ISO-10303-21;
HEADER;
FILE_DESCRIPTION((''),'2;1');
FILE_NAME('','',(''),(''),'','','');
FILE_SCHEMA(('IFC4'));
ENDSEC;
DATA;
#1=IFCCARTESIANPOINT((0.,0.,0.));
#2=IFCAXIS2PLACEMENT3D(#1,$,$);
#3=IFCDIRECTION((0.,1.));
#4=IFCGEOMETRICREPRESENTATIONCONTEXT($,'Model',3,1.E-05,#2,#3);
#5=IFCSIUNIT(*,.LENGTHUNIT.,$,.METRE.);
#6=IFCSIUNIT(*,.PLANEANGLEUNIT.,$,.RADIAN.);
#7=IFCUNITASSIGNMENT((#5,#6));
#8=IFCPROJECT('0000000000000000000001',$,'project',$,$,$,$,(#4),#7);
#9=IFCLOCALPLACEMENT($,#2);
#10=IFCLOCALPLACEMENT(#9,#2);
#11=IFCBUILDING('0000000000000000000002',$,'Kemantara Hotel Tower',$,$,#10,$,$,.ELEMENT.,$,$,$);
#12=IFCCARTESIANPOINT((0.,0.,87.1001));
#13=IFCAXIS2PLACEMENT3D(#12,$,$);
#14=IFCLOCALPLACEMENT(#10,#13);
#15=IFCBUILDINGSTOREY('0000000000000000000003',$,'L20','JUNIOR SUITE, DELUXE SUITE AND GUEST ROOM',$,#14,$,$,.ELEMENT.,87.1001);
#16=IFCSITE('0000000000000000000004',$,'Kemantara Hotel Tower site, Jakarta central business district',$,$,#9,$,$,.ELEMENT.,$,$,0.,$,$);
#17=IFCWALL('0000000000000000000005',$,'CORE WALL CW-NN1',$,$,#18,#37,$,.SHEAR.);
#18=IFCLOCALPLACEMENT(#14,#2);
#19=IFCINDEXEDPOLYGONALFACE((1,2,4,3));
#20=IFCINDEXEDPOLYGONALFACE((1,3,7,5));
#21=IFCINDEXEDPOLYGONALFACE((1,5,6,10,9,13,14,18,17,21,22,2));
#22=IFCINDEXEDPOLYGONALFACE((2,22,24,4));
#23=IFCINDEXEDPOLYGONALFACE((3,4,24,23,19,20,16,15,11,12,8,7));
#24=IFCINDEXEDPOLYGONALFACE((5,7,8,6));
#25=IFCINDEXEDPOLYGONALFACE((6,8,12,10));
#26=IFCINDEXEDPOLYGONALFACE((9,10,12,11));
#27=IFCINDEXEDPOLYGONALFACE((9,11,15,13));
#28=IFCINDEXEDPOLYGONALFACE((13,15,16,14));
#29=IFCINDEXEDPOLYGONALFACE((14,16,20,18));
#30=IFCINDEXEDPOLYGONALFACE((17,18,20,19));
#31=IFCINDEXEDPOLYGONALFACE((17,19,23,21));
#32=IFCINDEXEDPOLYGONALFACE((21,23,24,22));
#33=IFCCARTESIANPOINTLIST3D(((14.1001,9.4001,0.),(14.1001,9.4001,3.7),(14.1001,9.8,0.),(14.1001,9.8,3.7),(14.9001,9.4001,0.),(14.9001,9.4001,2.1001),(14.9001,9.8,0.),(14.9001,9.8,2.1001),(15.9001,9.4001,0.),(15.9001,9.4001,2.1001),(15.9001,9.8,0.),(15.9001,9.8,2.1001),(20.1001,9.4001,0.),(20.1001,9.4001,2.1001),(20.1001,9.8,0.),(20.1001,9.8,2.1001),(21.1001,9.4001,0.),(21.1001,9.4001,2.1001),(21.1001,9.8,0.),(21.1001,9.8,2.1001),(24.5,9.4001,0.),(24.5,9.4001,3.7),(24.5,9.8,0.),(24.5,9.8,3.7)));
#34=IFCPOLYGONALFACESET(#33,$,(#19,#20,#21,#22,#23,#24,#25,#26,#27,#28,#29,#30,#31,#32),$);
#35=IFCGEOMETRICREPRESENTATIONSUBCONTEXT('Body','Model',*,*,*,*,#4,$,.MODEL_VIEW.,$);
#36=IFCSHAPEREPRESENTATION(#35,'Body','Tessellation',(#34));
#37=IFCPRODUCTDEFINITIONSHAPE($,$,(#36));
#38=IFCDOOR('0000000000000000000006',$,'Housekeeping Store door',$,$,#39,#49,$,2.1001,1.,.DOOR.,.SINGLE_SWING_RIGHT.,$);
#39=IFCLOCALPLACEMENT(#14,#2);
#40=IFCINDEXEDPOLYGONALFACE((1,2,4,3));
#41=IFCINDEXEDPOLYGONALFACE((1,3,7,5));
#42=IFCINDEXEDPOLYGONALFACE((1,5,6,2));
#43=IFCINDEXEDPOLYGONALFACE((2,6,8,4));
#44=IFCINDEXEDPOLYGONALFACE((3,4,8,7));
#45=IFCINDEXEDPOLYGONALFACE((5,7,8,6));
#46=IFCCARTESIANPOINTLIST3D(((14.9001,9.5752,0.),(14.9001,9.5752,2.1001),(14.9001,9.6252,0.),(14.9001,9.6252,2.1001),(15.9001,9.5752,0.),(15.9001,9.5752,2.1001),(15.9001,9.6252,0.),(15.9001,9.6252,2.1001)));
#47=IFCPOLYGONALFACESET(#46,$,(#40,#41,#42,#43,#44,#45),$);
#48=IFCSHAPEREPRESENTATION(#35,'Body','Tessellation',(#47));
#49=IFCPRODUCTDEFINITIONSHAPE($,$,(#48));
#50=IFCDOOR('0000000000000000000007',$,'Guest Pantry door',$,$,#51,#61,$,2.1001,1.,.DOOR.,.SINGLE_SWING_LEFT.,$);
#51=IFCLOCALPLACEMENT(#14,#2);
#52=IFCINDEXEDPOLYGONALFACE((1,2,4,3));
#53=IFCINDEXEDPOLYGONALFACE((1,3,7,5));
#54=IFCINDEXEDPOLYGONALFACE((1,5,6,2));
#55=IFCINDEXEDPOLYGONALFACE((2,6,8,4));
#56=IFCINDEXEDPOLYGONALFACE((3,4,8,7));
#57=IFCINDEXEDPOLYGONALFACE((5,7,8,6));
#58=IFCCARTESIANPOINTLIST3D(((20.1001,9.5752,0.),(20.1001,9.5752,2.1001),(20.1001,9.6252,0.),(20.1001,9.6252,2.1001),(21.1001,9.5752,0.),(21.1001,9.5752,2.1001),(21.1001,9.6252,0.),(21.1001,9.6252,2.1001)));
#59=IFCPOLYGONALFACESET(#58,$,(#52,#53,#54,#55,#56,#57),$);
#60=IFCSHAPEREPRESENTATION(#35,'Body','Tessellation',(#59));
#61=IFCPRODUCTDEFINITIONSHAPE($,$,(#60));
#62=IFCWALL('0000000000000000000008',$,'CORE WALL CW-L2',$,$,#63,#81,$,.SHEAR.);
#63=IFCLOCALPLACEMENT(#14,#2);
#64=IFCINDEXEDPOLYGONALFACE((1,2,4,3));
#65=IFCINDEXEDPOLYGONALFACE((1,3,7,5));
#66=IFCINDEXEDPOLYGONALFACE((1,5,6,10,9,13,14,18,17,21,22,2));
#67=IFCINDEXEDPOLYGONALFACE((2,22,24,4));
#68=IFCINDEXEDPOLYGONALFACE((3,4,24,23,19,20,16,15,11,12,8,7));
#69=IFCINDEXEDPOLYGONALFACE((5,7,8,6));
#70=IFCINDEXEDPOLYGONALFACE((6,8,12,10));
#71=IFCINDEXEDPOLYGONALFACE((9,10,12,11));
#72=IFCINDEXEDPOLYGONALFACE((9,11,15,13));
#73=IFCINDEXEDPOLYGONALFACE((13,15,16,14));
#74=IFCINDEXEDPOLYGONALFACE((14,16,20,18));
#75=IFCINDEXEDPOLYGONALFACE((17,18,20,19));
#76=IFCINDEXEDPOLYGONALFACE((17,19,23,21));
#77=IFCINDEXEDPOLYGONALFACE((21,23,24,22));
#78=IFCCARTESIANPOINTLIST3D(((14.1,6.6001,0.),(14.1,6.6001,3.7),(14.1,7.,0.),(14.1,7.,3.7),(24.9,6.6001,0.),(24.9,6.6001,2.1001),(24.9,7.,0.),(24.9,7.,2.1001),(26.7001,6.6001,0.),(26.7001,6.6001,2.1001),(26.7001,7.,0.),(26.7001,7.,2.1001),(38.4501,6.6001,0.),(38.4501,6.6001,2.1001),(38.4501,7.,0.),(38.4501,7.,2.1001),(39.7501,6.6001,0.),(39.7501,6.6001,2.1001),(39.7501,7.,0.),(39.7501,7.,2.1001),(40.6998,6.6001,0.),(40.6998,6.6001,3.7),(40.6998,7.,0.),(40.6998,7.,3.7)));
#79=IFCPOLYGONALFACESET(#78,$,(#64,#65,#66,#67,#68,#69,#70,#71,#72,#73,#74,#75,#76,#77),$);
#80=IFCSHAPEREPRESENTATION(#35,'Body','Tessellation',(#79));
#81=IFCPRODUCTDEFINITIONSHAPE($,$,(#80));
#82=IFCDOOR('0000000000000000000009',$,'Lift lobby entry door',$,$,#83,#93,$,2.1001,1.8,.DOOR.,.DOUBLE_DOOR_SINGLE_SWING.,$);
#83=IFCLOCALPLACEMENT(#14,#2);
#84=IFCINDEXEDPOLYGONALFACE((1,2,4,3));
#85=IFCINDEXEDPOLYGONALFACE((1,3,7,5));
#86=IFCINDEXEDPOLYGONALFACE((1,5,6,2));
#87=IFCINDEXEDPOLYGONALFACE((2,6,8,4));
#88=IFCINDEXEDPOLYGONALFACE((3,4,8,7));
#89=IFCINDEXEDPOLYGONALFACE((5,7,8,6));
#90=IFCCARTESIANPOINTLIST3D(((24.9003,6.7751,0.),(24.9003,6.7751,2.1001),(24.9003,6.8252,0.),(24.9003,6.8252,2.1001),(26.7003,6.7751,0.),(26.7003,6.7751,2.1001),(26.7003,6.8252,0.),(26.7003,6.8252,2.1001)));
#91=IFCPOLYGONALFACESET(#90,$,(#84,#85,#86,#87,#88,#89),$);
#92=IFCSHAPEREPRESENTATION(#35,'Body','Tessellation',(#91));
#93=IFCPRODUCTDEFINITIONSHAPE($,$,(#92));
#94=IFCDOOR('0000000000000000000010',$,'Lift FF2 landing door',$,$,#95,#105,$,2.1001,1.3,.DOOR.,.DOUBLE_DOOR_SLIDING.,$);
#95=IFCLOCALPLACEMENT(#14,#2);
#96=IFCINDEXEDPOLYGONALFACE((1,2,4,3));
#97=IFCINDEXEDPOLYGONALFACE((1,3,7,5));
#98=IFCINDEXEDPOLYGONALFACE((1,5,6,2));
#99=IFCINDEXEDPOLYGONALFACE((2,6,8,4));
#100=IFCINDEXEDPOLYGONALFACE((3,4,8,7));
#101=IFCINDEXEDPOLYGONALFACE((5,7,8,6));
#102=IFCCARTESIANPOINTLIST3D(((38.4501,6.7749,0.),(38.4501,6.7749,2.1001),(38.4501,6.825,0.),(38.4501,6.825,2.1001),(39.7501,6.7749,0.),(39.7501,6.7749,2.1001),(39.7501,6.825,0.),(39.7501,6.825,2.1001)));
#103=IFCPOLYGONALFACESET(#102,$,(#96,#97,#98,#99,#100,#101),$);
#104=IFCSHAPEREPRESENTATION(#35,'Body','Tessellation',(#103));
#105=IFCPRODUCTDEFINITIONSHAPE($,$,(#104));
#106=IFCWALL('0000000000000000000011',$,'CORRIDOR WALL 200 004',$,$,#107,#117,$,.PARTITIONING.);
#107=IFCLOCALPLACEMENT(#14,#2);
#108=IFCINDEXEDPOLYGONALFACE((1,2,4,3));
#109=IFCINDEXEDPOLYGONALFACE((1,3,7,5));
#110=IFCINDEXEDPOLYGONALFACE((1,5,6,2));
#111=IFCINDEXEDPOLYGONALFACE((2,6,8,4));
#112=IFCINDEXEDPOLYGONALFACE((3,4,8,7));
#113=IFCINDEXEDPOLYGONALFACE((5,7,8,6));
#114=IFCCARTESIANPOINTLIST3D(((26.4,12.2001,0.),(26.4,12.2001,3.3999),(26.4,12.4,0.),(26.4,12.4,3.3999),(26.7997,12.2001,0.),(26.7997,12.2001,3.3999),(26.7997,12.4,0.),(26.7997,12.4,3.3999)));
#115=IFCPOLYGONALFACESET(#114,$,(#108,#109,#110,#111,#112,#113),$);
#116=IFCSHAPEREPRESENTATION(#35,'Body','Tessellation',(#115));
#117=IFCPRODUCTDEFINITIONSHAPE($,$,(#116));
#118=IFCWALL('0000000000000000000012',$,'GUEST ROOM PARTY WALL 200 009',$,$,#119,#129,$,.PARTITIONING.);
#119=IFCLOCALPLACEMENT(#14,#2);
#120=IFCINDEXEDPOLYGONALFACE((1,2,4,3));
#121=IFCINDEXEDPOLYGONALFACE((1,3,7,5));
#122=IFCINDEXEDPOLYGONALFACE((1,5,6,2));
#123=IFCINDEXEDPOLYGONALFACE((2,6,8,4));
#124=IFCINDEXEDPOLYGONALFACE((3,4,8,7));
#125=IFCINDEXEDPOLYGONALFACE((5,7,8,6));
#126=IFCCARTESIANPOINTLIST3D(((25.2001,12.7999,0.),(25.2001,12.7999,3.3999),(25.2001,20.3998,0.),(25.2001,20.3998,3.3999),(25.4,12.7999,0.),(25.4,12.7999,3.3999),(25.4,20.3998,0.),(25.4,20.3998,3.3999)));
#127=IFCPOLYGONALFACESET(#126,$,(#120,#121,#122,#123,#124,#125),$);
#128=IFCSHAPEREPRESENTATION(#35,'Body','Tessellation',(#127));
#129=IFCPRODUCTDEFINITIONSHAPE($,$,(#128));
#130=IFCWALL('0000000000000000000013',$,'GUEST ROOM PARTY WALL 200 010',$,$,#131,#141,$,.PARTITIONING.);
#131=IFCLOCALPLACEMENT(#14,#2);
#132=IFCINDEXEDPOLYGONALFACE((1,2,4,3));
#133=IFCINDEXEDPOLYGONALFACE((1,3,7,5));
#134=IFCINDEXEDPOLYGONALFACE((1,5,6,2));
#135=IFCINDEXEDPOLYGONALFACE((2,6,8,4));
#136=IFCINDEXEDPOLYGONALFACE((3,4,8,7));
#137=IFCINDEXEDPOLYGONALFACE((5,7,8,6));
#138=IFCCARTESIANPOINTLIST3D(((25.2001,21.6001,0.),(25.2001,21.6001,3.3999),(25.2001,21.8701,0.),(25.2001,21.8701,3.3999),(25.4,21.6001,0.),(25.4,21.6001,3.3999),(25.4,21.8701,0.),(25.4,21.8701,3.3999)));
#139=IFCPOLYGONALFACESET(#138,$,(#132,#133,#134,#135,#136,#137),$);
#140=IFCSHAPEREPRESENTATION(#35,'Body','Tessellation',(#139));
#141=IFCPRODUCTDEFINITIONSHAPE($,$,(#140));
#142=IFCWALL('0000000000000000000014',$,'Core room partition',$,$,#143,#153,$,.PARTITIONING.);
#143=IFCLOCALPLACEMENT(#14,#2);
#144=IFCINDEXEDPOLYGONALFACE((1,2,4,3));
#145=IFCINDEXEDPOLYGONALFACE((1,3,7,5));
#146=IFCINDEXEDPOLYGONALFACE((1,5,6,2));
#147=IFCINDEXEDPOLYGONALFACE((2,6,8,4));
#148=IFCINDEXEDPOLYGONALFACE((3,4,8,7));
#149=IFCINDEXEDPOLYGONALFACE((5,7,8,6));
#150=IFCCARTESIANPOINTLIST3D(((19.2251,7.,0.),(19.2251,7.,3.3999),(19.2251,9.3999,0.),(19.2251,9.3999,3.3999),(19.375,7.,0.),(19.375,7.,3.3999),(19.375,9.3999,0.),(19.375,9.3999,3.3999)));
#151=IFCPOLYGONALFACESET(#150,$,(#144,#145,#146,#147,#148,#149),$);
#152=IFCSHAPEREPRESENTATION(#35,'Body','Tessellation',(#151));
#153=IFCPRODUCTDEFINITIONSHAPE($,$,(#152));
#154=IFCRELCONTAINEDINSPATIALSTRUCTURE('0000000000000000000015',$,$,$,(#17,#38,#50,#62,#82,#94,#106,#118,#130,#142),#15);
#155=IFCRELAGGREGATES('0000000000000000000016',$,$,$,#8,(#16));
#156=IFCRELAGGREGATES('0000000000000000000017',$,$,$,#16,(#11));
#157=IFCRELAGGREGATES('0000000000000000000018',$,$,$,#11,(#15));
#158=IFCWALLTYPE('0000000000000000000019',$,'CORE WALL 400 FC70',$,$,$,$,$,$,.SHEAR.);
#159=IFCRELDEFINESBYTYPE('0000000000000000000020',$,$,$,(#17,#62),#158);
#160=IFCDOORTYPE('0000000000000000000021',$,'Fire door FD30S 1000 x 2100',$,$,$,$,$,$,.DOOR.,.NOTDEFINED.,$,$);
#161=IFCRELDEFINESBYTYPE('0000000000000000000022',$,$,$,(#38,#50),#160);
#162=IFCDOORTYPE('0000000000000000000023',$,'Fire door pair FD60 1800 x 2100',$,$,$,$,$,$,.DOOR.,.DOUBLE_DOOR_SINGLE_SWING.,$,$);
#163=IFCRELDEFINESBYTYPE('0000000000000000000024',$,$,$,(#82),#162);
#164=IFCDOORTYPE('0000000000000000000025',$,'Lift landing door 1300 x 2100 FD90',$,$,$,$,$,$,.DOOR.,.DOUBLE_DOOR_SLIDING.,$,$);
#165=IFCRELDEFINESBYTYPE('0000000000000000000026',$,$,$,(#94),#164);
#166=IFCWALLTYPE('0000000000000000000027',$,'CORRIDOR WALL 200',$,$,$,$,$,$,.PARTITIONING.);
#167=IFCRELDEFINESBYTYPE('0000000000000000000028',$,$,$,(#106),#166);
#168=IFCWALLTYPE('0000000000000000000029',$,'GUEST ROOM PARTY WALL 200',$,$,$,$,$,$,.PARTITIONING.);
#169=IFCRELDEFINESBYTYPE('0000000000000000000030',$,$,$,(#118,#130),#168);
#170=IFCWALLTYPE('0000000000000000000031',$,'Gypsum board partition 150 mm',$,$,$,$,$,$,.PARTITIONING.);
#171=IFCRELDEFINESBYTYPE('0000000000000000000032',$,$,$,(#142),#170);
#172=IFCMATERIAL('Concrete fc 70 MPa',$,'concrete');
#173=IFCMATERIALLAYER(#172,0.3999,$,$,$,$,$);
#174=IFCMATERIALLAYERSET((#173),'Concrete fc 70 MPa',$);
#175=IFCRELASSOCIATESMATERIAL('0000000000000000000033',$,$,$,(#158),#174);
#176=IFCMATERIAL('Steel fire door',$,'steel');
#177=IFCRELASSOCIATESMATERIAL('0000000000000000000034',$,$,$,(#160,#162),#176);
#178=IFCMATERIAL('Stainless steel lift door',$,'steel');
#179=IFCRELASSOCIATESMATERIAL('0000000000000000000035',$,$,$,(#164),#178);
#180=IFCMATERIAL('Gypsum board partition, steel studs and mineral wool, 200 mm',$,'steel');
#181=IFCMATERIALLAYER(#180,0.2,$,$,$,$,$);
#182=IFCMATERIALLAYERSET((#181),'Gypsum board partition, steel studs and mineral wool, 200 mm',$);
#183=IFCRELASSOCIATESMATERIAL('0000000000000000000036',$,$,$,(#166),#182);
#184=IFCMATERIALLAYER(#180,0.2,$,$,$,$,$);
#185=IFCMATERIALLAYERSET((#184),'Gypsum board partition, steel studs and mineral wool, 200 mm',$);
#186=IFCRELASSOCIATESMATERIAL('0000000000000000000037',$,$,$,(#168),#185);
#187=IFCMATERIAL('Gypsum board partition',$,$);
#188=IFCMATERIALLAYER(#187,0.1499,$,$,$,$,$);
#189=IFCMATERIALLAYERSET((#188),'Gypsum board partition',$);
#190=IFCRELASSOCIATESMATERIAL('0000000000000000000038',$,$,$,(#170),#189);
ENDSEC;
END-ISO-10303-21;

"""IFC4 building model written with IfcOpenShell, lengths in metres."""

from ifc_helpers import new_model, si_unit, direction, frame, frame_2d, origin, place, context, subcontext, project, spatial, rectangle, extrude, material, layer, layer_set, type_object, element, fill, save


model = new_model("IFC4")

# Units and contexts
model_context = context("Model", 3, precision=1e-05, world=origin(), true_north=direction((0.0, 1.0)))
body_context = subcontext(model_context, "Body", "Model", "MODEL_VIEW")
ifc_project = project(units=[si_unit("LENGTHUNIT", "METRE"), si_unit("PLANEANGLEUNIT", "RADIAN")], contexts=[model_context])

# Site, building, storey
site_placement = place(None, origin())
site = spatial("IfcSite", under=ifc_project, at=site_placement, Name="Kemantara Hotel Tower site, Jakarta central business district", CompositionType="ELEMENT", RefElevation=0.0)
building_placement = place(site_placement, origin())
building = spatial("IfcBuilding", under=site, at=building_placement, Name="Kemantara Hotel Tower", CompositionType="ELEMENT")
storey_placement = place(building_placement, frame((0.0, 0.0, 87.1001)))
storey = spatial("IfcBuildingStorey", under=building, at=storey_placement, Name="L20", Description="JUNIOR SUITE, DELUXE SUITE AND GUEST ROOM", CompositionType="ELEMENT", Elevation=87.1001)

# Shared definitions
ifc_material_1 = material(Name="Concrete fc 70 MPa", Category="concrete")

# Walls, openings, doors
ifc_layer_1 = layer(ifc_material_1, 0.3999)
ifc_layer_set_1 = layer_set([ifc_layer_1], Name="Concrete fc 70 MPa")
wall_type_1 = type_object("IfcWallType", Name="CORE WALL 400 FC70", PredefinedType="SHEAR", material=ifc_layer_set_1)
wall_1_placement = place(storey_placement, frame((14.1001, 9.6001, 0.0), z_axis=(0.0, 0.0, 1.0), x_axis=(1.0, 0.0, 0.0)))
wall_1 = element("IfcWall", 1, at=wall_1_placement, inside=storey, type_object=wall_type_1, Name="CORE WALL CW-NN1", PredefinedType="SHEAR", context=body_context, shape_type="SweptSolid", body=[
    extrude(rectangle(XDim=10.3999, YDim=0.3999, at=frame_2d((5.2, 0.0))), origin(), (0.0, 0.0, 1.0), 3.7),
])
opening_1_placement = place(wall_1_placement, frame((0.8, 0.0, 0.0)))
opening_1 = element("IfcOpeningElement", 2, at=opening_1_placement, cuts=wall_1, PredefinedType="OPENING", context=body_context, shape_type="SweptSolid", body=[
    extrude(rectangle(XDim=1.0, YDim=2.1001, at=frame_2d((0.5, 1.05))), frame((0.0, 0.21, 0.0), z_axis=(0.0, -1.0, 0.0), x_axis=(1.0, 0.0, 0.0)), (0.0, 0.0, 1.0), 0.4199),
])
opening_2_placement = place(wall_1_placement, frame((6.0, 0.0, 0.0)))
opening_2 = element("IfcOpeningElement", 3, at=opening_2_placement, cuts=wall_1, PredefinedType="OPENING", context=body_context, shape_type="SweptSolid", body=[
    extrude(rectangle(XDim=1.0, YDim=2.1001, at=frame_2d((0.5, 1.05))), frame((0.0, 0.21, 0.0), z_axis=(0.0, -1.0, 0.0), x_axis=(1.0, 0.0, 0.0)), (0.0, 0.0, 1.0), 0.4199),
])
ifc_material_2 = material(Name="Steel fire door", Category="steel")
door_type_1 = type_object("IfcDoorType", Name="Fire door FD30S 1000 x 2100", OperationType="NOTDEFINED", PredefinedType="DOOR", material=ifc_material_2)
door_1_placement = place(opening_1_placement, frame((1.0, 0.0, 0.0), z_axis=(0.0, 0.0, 1.0), x_axis=(-1.0, 0.0, 0.0)))
door_1 = element("IfcDoor", 4, at=door_1_placement, inside=storey, type_object=door_type_1, Name="Housekeeping Store door", OperationType="SINGLE_SWING_RIGHT", OverallHeight=2.1001, OverallWidth=1.0, PredefinedType="DOOR", context=body_context, shape_type="SweptSolid", body=[
    extrude(rectangle(XDim=1.0, YDim=2.1001, at=frame_2d((0.5, 1.05))), frame((0.0, 0.0249, 0.0), z_axis=(0.0, -1.0, 0.0), x_axis=(1.0, 0.0, 0.0)), (0.0, 0.0, 1.0), 0.05),
])
fill(opening_1, door_1)
door_2_placement = place(opening_2_placement, frame((1.0, 0.0, 0.0), z_axis=(0.0, 0.0, 1.0), x_axis=(-1.0, 0.0, 0.0)))
door_2 = element("IfcDoor", 5, at=door_2_placement, inside=storey, type_object=door_type_1, Name="Guest Pantry door", OperationType="SINGLE_SWING_LEFT", OverallHeight=2.1001, OverallWidth=1.0, PredefinedType="DOOR", context=body_context, shape_type="SweptSolid", body=[
    extrude(rectangle(XDim=1.0, YDim=2.1001, at=frame_2d((0.5, 1.05))), frame((0.0, 0.0249, 0.0), z_axis=(0.0, -1.0, 0.0), x_axis=(1.0, 0.0, 0.0)), (0.0, 0.0, 1.0), 0.05),
])
fill(opening_2, door_2)
wall_2_placement = place(storey_placement, frame((14.1001, 6.8, 0.0), z_axis=(0.0, 0.0, 1.0), x_axis=(1.0, 0.0, 0.0)))
wall_2 = element("IfcWall", 6, at=wall_2_placement, inside=storey, type_object=wall_type_1, Name="CORE WALL CW-L2", PredefinedType="SHEAR", context=body_context, shape_type="SweptSolid", body=[
    extrude(rectangle(XDim=26.5999, YDim=0.3999, at=frame_2d((13.2998, 0.0))), origin(), (0.0, 0.0, 1.0), 3.7),
])
opening_3_placement = place(wall_2_placement, frame((10.8, 0.0, 0.0)))
opening_3 = element("IfcOpeningElement", 7, at=opening_3_placement, cuts=wall_2, PredefinedType="OPENING", context=body_context, shape_type="SweptSolid", body=[
    extrude(rectangle(XDim=1.8, YDim=2.1001, at=frame_2d((0.8999, 1.05))), frame((0.0, 0.21, 0.0), z_axis=(0.0, -1.0, 0.0), x_axis=(1.0, 0.0, 0.0)), (0.0, 0.0, 1.0), 0.4199),
])
opening_4_placement = place(wall_2_placement, frame((24.3501, 0.0, 0.0)))
opening_4 = element("IfcOpeningElement", 8, at=opening_4_placement, cuts=wall_2, PredefinedType="OPENING", context=body_context, shape_type="SweptSolid", body=[
    extrude(rectangle(XDim=1.3, YDim=2.1001, at=frame_2d((0.6499, 1.05))), frame((0.0, 0.21, 0.0), z_axis=(0.0, -1.0, 0.0), x_axis=(1.0, 0.0, 0.0)), (0.0, 0.0, 1.0), 0.4199),
])
door_type_2 = type_object("IfcDoorType", Name="Fire door pair FD60 1800 x 2100", OperationType="DOUBLE_DOOR_SINGLE_SWING", PredefinedType="DOOR", material=ifc_material_2)
door_3_placement = place(opening_3_placement, frame((1.8, 0.0, 0.0), z_axis=(0.0, 0.0, 1.0), x_axis=(-1.0, 0.0, 0.0)))
door_3 = element("IfcDoor", 9, at=door_3_placement, inside=storey, type_object=door_type_2, Name="Lift lobby entry door", OperationType="DOUBLE_DOOR_SINGLE_SWING", OverallHeight=2.1001, OverallWidth=1.8, PredefinedType="DOOR", context=body_context, shape_type="SweptSolid", body=[
    extrude(rectangle(XDim=1.8, YDim=2.1001, at=frame_2d((0.8999, 1.05))), frame((0.0, 0.0249, 0.0), z_axis=(0.0, -1.0, 0.0), x_axis=(1.0, 0.0, 0.0)), (0.0, 0.0, 1.0), 0.05),
])
fill(opening_3, door_3)
ifc_material_3 = material(Name="Stainless steel lift door", Category="steel")
door_type_3 = type_object("IfcDoorType", Name="Lift landing door 1300 x 2100 FD90", OperationType="DOUBLE_DOOR_SLIDING", PredefinedType="DOOR", material=ifc_material_3)
door_4_placement = place(opening_4_placement, origin())
door_4 = element("IfcDoor", 10, at=door_4_placement, inside=storey, type_object=door_type_3, Name="Lift FF2 landing door", OperationType="DOUBLE_DOOR_SLIDING", OverallHeight=2.1001, OverallWidth=1.3, PredefinedType="DOOR", context=body_context, shape_type="SweptSolid", body=[
    extrude(rectangle(XDim=1.3, YDim=2.1001, at=frame_2d((0.6499, 1.05))), frame((0.0, 0.0249, 0.0), z_axis=(0.0, -1.0, 0.0), x_axis=(1.0, 0.0, 0.0)), (0.0, 0.0, 1.0), 0.05),
])
fill(opening_4, door_4)

# Walls
ifc_material_4 = material(Name="Gypsum board partition, steel studs and mineral wool, 200 mm", Category="steel")
ifc_layer_2 = layer(ifc_material_4, 0.2)
ifc_layer_set_2 = layer_set([ifc_layer_2], Name="Gypsum board partition, steel studs and mineral wool, 200 mm")
wall_type_2 = type_object("IfcWallType", Name="CORRIDOR WALL 200", PredefinedType="PARTITIONING", material=ifc_layer_set_2)
wall_3_placement = place(storey_placement, frame((26.4001, 12.3, 0.0), z_axis=(0.0, 0.0, 1.0), x_axis=(1.0, 0.0, 0.0)))
element("IfcWall", 11, at=wall_3_placement, inside=storey, type_object=wall_type_2, Name="CORRIDOR WALL 200 004", PredefinedType="PARTITIONING", context=body_context, shape_type="SweptSolid", body=[
    extrude(rectangle(XDim=0.3997, YDim=0.2, at=frame_2d((0.1997, 0.0))), origin(), (0.0, 0.0, 1.0), 3.3999),
])
ifc_layer_3 = layer(ifc_material_4, 0.2)
ifc_layer_set_3 = layer_set([ifc_layer_3], Name="Gypsum board partition, steel studs and mineral wool, 200 mm")
wall_type_3 = type_object("IfcWallType", Name="GUEST ROOM PARTY WALL 200", PredefinedType="PARTITIONING", material=ifc_layer_set_3)
wall_4_placement = place(storey_placement, frame((25.3, 12.8, 0.0), z_axis=(0.0, 0.0, 1.0), x_axis=(0.0, 1.0, 0.0)))
element("IfcWall", 12, at=wall_4_placement, inside=storey, type_object=wall_type_3, Name="GUEST ROOM PARTY WALL 200 009", PredefinedType="PARTITIONING", context=body_context, shape_type="SweptSolid", body=[
    extrude(rectangle(XDim=7.5999, YDim=0.2, at=frame_2d((3.7998, 0.0))), origin(), (0.0, 0.0, 1.0), 3.3999),
])
wall_5_placement = place(storey_placement, frame((25.3, 21.6001, 0.0), z_axis=(0.0, 0.0, 1.0), x_axis=(0.0, 1.0, 0.0)))
element("IfcWall", 13, at=wall_5_placement, inside=storey, type_object=wall_type_3, Name="GUEST ROOM PARTY WALL 200 010", PredefinedType="PARTITIONING", context=body_context, shape_type="SweptSolid", body=[
    extrude(rectangle(XDim=0.27, YDim=0.2, at=frame_2d((0.135, 0.0))), origin(), (0.0, 0.0, 1.0), 3.3999),
])
ifc_material_5 = material(Name="Gypsum board partition")
ifc_layer_4 = layer(ifc_material_5, 0.1499)
ifc_layer_set_4 = layer_set([ifc_layer_4], Name="Gypsum board partition")
wall_type_4 = type_object("IfcWallType", Name="Gypsum board partition 150 mm", PredefinedType="PARTITIONING", material=ifc_layer_set_4)
wall_6_placement = place(storey_placement, frame((19.3, 7.0, 0.0), z_axis=(0.0, 0.0, 1.0), x_axis=(0.0, 1.0, 0.0)))
element("IfcWall", 14, at=wall_6_placement, inside=storey, type_object=wall_type_4, Name="Core room partition", PredefinedType="PARTITIONING", context=body_context, shape_type="SweptSolid", body=[
    extrude(rectangle(XDim=2.3999, YDim=0.1499, at=frame_2d((1.2, 0.0))), origin(), (0.0, 0.0, 1.0), 3.3999),
])

save(model, "model.ifc")
